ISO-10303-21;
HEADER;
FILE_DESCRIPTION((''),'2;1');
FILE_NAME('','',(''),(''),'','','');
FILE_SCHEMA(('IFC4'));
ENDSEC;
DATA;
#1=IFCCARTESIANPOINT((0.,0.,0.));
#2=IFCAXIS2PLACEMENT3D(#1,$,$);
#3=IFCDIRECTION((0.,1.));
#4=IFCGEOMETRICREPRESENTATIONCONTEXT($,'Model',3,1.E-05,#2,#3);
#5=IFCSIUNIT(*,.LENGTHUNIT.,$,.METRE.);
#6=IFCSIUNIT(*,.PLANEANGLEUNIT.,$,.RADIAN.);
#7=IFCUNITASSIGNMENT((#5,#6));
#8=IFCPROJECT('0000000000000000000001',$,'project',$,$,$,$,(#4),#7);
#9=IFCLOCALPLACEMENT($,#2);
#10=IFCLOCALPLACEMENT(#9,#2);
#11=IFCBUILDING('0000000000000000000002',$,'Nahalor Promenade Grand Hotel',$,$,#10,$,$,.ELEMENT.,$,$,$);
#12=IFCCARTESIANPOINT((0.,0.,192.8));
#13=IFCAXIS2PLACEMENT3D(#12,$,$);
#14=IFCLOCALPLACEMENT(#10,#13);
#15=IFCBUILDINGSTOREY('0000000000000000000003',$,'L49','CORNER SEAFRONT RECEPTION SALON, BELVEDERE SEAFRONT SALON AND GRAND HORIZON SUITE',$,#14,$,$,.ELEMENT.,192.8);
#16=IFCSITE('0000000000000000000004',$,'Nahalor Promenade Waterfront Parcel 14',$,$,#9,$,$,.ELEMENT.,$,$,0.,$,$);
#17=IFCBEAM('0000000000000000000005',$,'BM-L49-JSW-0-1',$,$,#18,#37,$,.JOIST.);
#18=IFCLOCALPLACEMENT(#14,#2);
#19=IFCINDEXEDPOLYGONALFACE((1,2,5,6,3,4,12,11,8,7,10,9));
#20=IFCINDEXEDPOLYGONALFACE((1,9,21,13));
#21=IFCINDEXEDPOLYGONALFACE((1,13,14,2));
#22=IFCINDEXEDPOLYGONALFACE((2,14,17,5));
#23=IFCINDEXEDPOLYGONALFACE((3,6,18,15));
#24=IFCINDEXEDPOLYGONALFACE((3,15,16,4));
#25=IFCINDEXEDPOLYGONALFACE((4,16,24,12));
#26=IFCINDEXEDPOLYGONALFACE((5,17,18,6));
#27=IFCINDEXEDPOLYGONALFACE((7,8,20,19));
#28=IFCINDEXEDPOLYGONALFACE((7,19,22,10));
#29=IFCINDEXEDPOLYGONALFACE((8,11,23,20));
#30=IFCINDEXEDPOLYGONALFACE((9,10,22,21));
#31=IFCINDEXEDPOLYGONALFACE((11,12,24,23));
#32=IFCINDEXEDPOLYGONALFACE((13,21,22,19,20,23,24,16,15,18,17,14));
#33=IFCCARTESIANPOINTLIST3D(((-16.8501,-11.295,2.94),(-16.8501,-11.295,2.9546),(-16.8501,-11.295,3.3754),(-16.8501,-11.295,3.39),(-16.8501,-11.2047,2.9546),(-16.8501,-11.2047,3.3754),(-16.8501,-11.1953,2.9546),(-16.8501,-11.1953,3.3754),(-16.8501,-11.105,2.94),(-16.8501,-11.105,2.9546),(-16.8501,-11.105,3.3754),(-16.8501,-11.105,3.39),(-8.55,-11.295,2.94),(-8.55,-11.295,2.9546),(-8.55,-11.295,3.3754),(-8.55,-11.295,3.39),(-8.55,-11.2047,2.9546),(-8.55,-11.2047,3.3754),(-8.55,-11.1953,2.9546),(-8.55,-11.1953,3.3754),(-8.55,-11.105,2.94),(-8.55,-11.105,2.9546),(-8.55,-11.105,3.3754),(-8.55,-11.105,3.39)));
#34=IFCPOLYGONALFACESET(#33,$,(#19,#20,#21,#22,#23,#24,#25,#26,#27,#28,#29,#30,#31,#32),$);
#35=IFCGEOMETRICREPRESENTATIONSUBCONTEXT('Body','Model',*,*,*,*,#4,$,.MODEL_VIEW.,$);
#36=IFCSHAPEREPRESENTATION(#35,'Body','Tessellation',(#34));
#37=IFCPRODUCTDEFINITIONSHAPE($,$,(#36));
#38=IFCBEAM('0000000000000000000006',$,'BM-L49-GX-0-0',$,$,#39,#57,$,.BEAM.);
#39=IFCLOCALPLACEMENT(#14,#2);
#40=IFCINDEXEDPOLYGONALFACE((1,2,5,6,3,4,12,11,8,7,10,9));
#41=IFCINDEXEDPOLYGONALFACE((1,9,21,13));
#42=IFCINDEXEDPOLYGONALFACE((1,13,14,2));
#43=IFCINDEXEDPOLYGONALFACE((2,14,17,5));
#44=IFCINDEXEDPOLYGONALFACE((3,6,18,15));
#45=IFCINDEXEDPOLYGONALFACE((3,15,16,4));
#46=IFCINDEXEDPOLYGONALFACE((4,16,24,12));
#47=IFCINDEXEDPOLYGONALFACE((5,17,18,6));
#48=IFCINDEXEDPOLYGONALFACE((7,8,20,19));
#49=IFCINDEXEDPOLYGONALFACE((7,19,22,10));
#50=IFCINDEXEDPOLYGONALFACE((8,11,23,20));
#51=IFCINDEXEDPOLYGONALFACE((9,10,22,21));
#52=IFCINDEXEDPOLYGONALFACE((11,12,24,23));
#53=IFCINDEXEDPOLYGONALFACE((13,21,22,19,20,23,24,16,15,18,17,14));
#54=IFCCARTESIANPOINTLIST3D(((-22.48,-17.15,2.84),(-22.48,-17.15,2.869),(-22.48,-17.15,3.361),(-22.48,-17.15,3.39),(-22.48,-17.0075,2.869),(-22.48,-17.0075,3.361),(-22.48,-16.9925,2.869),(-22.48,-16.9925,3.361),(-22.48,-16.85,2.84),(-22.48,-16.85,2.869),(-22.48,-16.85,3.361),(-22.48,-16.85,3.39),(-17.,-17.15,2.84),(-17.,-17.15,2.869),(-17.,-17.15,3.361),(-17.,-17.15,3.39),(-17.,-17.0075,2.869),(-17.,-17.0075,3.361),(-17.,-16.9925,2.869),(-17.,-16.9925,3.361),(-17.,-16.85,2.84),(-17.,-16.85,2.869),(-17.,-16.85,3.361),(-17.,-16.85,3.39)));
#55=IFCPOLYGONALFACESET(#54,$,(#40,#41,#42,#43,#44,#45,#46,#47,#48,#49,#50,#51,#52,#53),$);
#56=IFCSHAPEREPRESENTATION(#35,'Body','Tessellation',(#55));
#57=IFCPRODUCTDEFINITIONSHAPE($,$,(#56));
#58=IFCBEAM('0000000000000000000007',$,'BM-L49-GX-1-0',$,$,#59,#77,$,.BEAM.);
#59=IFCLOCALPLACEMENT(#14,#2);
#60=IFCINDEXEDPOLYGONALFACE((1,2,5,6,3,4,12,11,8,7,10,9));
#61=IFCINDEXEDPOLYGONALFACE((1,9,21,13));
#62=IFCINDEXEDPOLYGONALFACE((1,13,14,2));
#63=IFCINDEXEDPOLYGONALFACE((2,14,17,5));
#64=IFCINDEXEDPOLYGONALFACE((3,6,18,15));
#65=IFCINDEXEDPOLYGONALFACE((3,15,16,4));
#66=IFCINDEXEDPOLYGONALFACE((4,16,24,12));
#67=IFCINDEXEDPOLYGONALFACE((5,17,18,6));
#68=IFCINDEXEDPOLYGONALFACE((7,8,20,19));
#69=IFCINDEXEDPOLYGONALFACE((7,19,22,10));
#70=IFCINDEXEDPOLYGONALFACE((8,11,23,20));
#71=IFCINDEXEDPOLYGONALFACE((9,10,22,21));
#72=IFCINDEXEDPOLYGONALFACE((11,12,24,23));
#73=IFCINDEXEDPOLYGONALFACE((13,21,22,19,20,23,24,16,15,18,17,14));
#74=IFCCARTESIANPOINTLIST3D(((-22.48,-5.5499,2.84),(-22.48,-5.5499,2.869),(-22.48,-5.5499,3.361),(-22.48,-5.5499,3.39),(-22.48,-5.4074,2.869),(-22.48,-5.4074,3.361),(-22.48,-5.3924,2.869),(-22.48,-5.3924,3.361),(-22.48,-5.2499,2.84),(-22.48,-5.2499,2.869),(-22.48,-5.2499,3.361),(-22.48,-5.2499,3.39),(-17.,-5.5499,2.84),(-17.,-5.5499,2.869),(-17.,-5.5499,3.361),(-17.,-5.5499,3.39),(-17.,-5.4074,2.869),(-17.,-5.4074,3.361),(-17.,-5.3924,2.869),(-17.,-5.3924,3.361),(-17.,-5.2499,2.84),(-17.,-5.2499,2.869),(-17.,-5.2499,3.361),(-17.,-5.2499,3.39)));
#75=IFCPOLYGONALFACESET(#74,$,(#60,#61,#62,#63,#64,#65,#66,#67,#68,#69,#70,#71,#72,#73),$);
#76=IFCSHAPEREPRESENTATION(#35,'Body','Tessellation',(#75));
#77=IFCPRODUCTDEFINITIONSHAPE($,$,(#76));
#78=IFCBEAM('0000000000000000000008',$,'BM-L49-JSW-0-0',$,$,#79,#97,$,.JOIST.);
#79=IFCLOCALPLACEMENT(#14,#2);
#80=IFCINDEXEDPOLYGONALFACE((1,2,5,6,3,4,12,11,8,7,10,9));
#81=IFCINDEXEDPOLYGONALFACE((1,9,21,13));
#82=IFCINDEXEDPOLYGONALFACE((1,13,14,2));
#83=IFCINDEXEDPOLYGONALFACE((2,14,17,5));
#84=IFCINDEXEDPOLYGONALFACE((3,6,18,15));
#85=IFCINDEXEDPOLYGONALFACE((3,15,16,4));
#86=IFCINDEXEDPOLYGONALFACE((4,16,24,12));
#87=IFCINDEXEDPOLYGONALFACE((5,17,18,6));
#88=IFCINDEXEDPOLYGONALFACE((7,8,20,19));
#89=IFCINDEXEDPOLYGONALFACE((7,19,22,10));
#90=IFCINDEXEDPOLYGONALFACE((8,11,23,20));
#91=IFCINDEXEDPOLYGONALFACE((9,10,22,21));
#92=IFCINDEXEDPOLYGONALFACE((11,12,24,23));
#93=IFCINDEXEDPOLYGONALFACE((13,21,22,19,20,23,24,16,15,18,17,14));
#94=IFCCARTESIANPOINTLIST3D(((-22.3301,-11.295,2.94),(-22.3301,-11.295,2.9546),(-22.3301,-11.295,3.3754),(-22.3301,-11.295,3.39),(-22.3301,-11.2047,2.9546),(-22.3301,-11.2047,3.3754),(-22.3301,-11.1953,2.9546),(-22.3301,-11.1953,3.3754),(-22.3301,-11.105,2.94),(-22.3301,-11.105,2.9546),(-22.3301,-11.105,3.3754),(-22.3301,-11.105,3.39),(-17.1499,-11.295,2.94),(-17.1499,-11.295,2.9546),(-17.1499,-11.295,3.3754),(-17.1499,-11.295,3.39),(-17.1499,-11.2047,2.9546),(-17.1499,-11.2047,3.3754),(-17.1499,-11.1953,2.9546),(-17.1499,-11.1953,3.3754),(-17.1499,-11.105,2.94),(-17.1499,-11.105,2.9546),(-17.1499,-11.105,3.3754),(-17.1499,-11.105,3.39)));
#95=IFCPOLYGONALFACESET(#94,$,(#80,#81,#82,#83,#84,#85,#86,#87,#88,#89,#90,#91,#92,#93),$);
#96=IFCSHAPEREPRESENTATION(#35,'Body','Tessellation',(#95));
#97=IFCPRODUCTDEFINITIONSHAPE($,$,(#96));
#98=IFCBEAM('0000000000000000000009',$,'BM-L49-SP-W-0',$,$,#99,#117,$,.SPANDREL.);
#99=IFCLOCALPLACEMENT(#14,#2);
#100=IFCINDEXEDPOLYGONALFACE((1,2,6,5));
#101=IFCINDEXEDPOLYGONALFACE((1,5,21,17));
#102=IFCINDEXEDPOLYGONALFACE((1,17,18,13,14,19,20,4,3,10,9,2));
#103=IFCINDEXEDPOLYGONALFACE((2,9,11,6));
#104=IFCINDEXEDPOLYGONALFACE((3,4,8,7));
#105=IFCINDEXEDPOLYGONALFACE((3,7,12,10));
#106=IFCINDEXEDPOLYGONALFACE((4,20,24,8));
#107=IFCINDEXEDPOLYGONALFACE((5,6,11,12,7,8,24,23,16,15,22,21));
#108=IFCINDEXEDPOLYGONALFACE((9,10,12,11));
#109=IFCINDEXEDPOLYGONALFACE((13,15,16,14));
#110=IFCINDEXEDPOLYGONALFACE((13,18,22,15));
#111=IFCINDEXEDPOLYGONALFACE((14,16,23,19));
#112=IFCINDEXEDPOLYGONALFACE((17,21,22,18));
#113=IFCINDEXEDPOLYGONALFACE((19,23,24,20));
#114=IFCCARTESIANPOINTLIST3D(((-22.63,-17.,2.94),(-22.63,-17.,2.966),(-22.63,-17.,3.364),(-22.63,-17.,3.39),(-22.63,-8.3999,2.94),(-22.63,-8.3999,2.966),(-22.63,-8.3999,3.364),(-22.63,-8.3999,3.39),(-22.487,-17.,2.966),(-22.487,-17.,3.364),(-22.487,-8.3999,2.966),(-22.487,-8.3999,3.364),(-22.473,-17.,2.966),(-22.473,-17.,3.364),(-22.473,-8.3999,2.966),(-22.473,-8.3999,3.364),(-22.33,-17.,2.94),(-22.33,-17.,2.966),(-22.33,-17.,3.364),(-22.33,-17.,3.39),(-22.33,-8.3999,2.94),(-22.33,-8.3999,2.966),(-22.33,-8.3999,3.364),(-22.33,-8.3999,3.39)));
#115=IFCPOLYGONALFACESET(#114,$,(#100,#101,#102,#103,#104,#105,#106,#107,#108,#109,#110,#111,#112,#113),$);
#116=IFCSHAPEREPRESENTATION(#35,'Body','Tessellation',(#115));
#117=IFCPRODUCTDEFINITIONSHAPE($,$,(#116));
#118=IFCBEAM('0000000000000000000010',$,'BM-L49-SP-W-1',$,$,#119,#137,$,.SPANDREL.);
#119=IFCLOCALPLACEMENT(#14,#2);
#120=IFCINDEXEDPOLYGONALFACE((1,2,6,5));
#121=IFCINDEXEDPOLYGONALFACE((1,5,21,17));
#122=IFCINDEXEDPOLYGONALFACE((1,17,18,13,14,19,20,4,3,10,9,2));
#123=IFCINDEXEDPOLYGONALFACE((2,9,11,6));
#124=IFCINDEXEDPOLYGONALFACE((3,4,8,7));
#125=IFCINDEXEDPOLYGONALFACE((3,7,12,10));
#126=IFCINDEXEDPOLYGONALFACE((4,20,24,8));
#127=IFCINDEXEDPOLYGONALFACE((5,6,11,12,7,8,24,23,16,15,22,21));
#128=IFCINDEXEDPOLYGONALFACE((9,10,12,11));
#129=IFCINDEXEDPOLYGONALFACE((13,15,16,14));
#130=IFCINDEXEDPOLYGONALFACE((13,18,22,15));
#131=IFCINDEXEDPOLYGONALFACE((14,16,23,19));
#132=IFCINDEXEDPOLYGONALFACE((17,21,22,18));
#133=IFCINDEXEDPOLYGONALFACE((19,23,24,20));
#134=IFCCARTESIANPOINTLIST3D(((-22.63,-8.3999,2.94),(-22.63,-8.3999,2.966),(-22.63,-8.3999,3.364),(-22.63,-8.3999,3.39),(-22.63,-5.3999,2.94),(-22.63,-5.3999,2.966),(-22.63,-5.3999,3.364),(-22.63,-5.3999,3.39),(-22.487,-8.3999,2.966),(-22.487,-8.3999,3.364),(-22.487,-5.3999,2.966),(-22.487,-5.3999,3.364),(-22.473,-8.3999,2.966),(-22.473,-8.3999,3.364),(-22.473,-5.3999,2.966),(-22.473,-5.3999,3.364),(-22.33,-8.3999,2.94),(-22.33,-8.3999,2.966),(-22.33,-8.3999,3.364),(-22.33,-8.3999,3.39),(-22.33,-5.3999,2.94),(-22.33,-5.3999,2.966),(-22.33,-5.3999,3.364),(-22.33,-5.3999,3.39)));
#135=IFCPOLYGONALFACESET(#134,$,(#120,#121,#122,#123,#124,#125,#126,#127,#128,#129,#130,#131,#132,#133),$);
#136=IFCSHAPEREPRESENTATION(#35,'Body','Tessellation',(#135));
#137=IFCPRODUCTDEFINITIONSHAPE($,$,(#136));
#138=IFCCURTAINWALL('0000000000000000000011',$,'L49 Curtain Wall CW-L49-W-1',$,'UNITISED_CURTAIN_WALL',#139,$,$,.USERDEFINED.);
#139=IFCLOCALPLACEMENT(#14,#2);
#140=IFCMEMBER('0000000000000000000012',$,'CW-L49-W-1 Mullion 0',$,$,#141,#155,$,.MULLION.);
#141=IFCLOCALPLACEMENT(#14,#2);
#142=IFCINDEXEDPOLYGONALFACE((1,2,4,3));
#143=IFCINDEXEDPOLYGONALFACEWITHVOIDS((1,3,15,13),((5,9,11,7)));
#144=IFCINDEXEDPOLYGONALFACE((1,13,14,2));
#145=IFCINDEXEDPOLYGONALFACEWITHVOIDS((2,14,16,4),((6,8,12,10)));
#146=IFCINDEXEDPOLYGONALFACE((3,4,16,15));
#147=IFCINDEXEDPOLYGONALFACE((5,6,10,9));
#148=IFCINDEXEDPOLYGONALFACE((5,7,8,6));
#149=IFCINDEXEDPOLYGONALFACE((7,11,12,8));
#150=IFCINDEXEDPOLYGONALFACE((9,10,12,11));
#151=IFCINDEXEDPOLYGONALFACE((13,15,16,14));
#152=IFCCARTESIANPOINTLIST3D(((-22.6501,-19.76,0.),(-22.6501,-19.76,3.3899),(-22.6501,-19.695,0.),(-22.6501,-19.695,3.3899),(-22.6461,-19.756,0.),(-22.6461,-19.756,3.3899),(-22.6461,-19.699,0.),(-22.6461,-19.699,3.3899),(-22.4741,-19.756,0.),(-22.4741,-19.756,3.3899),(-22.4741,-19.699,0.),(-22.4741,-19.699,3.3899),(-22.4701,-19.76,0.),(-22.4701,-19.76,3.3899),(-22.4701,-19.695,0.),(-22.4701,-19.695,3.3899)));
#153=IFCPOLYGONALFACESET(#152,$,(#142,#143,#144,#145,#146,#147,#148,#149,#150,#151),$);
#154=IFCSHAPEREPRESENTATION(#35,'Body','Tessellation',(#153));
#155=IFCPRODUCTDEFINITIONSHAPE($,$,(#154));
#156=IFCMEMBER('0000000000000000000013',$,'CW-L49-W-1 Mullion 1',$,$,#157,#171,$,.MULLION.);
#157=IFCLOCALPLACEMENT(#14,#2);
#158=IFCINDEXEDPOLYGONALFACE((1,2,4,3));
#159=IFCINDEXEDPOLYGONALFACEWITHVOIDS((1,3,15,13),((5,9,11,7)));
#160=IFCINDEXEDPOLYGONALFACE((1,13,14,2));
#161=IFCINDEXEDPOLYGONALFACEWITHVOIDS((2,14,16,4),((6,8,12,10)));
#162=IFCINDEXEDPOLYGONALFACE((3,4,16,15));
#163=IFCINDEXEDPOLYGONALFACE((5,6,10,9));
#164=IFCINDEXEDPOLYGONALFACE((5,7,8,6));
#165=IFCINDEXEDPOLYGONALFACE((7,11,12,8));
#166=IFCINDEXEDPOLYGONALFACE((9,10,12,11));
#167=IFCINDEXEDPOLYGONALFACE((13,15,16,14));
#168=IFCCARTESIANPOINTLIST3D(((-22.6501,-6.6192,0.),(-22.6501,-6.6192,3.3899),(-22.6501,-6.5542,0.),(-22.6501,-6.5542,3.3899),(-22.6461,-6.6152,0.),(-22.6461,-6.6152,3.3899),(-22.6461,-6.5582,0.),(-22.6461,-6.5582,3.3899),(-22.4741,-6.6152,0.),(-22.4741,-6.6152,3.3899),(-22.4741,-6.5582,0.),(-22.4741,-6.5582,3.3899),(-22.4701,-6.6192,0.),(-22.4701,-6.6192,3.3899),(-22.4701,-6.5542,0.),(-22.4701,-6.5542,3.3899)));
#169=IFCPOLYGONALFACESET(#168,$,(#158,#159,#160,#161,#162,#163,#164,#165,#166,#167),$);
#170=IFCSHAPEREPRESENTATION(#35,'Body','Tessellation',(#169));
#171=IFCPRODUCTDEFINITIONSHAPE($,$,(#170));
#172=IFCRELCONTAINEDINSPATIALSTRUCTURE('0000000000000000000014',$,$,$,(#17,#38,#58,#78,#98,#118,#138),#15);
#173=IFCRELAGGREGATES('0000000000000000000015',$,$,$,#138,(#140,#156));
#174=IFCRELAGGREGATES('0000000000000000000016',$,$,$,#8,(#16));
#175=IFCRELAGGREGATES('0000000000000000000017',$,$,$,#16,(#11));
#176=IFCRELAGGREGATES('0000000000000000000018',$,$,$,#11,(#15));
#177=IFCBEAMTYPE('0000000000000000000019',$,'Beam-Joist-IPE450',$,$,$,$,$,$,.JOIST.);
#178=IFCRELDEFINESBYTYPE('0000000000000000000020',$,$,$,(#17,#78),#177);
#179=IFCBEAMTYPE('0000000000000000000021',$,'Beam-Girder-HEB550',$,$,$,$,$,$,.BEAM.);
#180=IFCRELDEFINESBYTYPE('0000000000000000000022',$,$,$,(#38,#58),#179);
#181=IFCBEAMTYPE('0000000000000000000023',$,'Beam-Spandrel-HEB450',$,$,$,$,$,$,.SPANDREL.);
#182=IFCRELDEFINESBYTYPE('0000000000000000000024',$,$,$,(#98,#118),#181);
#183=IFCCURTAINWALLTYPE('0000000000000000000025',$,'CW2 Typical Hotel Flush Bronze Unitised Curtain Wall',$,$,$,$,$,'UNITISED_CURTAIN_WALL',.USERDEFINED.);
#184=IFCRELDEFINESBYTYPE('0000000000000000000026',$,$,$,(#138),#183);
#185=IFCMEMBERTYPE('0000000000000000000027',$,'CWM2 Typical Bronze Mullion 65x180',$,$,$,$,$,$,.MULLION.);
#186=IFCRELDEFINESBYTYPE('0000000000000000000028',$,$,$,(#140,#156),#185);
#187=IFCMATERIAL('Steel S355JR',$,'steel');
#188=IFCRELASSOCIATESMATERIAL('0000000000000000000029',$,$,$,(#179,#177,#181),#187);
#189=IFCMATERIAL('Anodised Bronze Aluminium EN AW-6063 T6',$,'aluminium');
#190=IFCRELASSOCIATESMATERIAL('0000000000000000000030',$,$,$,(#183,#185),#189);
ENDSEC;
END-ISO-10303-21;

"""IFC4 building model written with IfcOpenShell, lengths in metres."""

from ifc_helpers import new_model, si_unit, direction, frame, origin, origin_2d, place, context, subcontext, project, spatial, hollow_rectangle, i_section, extrude, source, transform, mapped, material, material_profile, profile_set, type_object, element, aggregate, save


model = new_model("IFC4")

# Units and contexts
model_context = context("Model", 3, precision=1e-05, world=origin(), true_north=direction((0.0, 1.0)))
body_context = subcontext(model_context, "Body", "Model", "MODEL_VIEW")
ifc_project = project(units=[si_unit("LENGTHUNIT", "METRE"), si_unit("PLANEANGLEUNIT", "RADIAN")], contexts=[model_context])

# Site, building, storey
site_placement = place(None, origin())
site = spatial("IfcSite", under=ifc_project, at=site_placement, Name="Nahalor Promenade Waterfront Parcel 14", CompositionType="ELEMENT", RefElevation=0.0)
building_placement = place(site_placement, origin())
building = spatial("IfcBuilding", under=site, at=building_placement, Name="Nahalor Promenade Grand Hotel", CompositionType="ELEMENT")
storey_placement = place(building_placement, frame((0.0, 0.0, 192.8)))
storey = spatial("IfcBuildingStorey", under=building, at=storey_placement, Name="L49", Description="CORNER SEAFRONT RECEPTION SALON, BELVEDERE SEAFRONT SALON AND GRAND HORIZON SUITE", CompositionType="ELEMENT", Elevation=192.8)

# Beams
ifc_material_1 = material(Name="Steel S355JR", Category="steel")
ifc_material_profile_1 = material_profile(ifc_material_1, i_section(OverallWidth=0.3, OverallDepth=0.55, WebThickness=0.015, FlangeThickness=0.029, at=origin_2d()), Name="HEB 550")
ifc_profile_set_1 = profile_set([ifc_material_profile_1], Name="Steel S355JR")
beam_type_1 = type_object("IfcBeamType", Name="Beam-Girder-HEB550", PredefinedType="BEAM", material=ifc_profile_set_1)
ifc_material_profile_2 = material_profile(ifc_material_1, i_section(OverallWidth=0.19, OverallDepth=0.45, WebThickness=0.0094, FlangeThickness=0.0146, at=origin_2d()), Name="IPE 450")
ifc_profile_set_2 = profile_set([ifc_material_profile_2], Name="Steel S355JR")
beam_type_2 = type_object("IfcBeamType", Name="Beam-Joist-IPE450", PredefinedType="JOIST", material=ifc_profile_set_2)
shared_shape_1 = source(origin(), body_context, "Body", "SweptSolid", [
    extrude(i_section(OverallWidth=0.19, OverallDepth=0.45, WebThickness=0.0094, FlangeThickness=0.0146, at=origin_2d()), origin(), (0.0, 0.0, 1.0), 8.3),
])
beam_1_placement = place(storey_placement, frame((-16.8501, -11.2, 3.165), z_axis=(1.0, 0.0, 0.0), x_axis=(0.0, 1.0, 0.0)))
element("IfcBeam", 1, at=beam_1_placement, inside=storey, type_object=beam_type_2, Name="BM-L49-JSW-0-1", PredefinedType="JOIST", context=body_context, shape_type="MappedRepresentation", body=[
    mapped(shared_shape_1, transform((0.0, 0.0, 0.0), scale=1.0)),
])
shared_shape_2 = source(origin(), body_context, "Body", "SweptSolid", [
    extrude(i_section(OverallWidth=0.3, OverallDepth=0.55, WebThickness=0.015, FlangeThickness=0.029, at=origin_2d()), origin(), (0.0, 0.0, 1.0), 5.48),
])
for number, where, z_axis, x_axis, name in (
    (2, (-22.48, -17.0, 3.115), (1.0, 0.0, 0.0), (0.0, 1.0, 0.0), "BM-L49-GX-0-0"),
    (3, (-22.48, -5.3999, 3.115), (1.0, 0.0, 0.0), (0.0, 1.0, 0.0), "BM-L49-GX-1-0"),
):
    element("IfcBeam", number, at=place(storey_placement, frame(where, z_axis=z_axis, x_axis=x_axis)), inside=storey, type_object=beam_type_1, Name=name, PredefinedType="BEAM", context=body_context, shape_type="MappedRepresentation", body=[
        mapped(shared_shape_2, transform((0.0, 0.0, 0.0), scale=1.0)),
    ])
shared_shape_3 = source(origin(), body_context, "Body", "SweptSolid", [
    extrude(i_section(OverallWidth=0.19, OverallDepth=0.45, WebThickness=0.0094, FlangeThickness=0.0146, at=origin_2d()), origin(), (0.0, 0.0, 1.0), 5.1802),
])
beam_2_placement = place(storey_placement, frame((-22.3301, -11.2, 3.165), z_axis=(1.0, 0.0, 0.0), x_axis=(0.0, 1.0, 0.0)))
element("IfcBeam", 4, at=beam_2_placement, inside=storey, type_object=beam_type_2, Name="BM-L49-JSW-0-0", PredefinedType="JOIST", context=body_context, shape_type="MappedRepresentation", body=[
    mapped(shared_shape_3, transform((0.0, 0.0, 0.0), scale=1.0)),
])
ifc_material_profile_3 = material_profile(ifc_material_1, i_section(OverallWidth=0.3, OverallDepth=0.45, WebThickness=0.014, FlangeThickness=0.026, at=origin_2d()), Name="HEB 450")
ifc_profile_set_3 = profile_set([ifc_material_profile_3], Name="Steel S355JR")
beam_type_3 = type_object("IfcBeamType", Name="Beam-Spandrel-HEB450", PredefinedType="SPANDREL", material=ifc_profile_set_3)
shared_shape_4 = source(origin(), body_context, "Body", "SweptSolid", [
    extrude(i_section(OverallWidth=0.3, OverallDepth=0.45, WebThickness=0.014, FlangeThickness=0.026, at=origin_2d()), origin(), (0.0, 0.0, 1.0), 8.6001),
])
beam_3_placement = place(storey_placement, frame((-22.48, -17.0, 3.165), z_axis=(0.0, 1.0, 0.0), x_axis=(-1.0, 0.0, 0.0)))
element("IfcBeam", 5, at=beam_3_placement, inside=storey, type_object=beam_type_3, Name="BM-L49-SP-W-0", PredefinedType="SPANDREL", context=body_context, shape_type="MappedRepresentation", body=[
    mapped(shared_shape_4, transform((0.0, 0.0, 0.0), scale=1.0)),
])
shared_shape_5 = source(origin(), body_context, "Body", "SweptSolid", [
    extrude(i_section(OverallWidth=0.3, OverallDepth=0.45, WebThickness=0.014, FlangeThickness=0.026, at=origin_2d()), origin(), (0.0, 0.0, 1.0), 3.0),
])
beam_4_placement = place(storey_placement, frame((-22.48, -8.3999, 3.165), z_axis=(0.0, 1.0, 0.0), x_axis=(-1.0, 0.0, 0.0)))
element("IfcBeam", 6, at=beam_4_placement, inside=storey, type_object=beam_type_3, Name="BM-L49-SP-W-1", PredefinedType="SPANDREL", context=body_context, shape_type="MappedRepresentation", body=[
    mapped(shared_shape_5, transform((0.0, 0.0, 0.0), scale=1.0)),
])

# Curtain wall, members
ifc_material_2 = material(Name="Anodised Bronze Aluminium EN AW-6063 T6", Category="aluminium")
curtain_wall_type = type_object("IfcCurtainWallType", Name="CW2 Typical Hotel Flush Bronze Unitised Curtain Wall", ElementType="UNITISED_CURTAIN_WALL", PredefinedType="USERDEFINED", material=ifc_material_2)
curtain_wall_placement = place(storey_placement, origin())
curtain_wall = element("IfcCurtainWall", 7, at=curtain_wall_placement, inside=storey, type_object=curtain_wall_type, Name="L49 Curtain Wall CW-L49-W-1", ObjectType="UNITISED_CURTAIN_WALL", PredefinedType="USERDEFINED")
ifc_material_profile_4 = material_profile(ifc_material_2, hollow_rectangle(XDim=0.065, YDim=0.18, WallThickness=0.004, at=origin_2d()), Name="CWM 65x180x4")
ifc_profile_set_4 = profile_set([ifc_material_profile_4], Name="Anodised Bronze Aluminium EN AW-6063 T6")
member_type_1 = type_object("IfcMemberType", Name="CWM2 Typical Bronze Mullion 65x180", PredefinedType="MULLION", material=ifc_profile_set_4)
shared_shape_6 = source(origin(), body_context, "Body", "SweptSolid", [
    extrude(hollow_rectangle(XDim=0.065, YDim=0.18, WallThickness=0.004, at=origin_2d()), origin(), (0.0, 0.0, 1.0), 3.3899),
])
member_1_placement = place(storey_placement, frame((-22.5601, -19.7275, 0.0), z_axis=(0.0, 0.0, 1.0), x_axis=(0.0, 1.0, 0.0)))
member_1 = element("IfcMember", 8, at=member_1_placement, type_object=member_type_1, Name="CW-L49-W-1 Mullion 0", PredefinedType="MULLION", context=body_context, shape_type="MappedRepresentation", body=[
    mapped(shared_shape_6, transform((0.0, 0.0, 0.0), scale=1.0)),
])
member_2_placement = place(storey_placement, frame((-22.5601, -6.5867, 0.0), z_axis=(0.0, 0.0, 1.0), x_axis=(0.0, 1.0, 0.0)))
member_2 = element("IfcMember", 9, at=member_2_placement, type_object=member_type_1, Name="CW-L49-W-1 Mullion 1", PredefinedType="MULLION", context=body_context, shape_type="MappedRepresentation", body=[
    mapped(shared_shape_6, transform((0.0, 0.0, 0.0), scale=1.0)),
])
aggregate(curtain_wall, [member_1, member_2])

save(model, "model.ifc")
